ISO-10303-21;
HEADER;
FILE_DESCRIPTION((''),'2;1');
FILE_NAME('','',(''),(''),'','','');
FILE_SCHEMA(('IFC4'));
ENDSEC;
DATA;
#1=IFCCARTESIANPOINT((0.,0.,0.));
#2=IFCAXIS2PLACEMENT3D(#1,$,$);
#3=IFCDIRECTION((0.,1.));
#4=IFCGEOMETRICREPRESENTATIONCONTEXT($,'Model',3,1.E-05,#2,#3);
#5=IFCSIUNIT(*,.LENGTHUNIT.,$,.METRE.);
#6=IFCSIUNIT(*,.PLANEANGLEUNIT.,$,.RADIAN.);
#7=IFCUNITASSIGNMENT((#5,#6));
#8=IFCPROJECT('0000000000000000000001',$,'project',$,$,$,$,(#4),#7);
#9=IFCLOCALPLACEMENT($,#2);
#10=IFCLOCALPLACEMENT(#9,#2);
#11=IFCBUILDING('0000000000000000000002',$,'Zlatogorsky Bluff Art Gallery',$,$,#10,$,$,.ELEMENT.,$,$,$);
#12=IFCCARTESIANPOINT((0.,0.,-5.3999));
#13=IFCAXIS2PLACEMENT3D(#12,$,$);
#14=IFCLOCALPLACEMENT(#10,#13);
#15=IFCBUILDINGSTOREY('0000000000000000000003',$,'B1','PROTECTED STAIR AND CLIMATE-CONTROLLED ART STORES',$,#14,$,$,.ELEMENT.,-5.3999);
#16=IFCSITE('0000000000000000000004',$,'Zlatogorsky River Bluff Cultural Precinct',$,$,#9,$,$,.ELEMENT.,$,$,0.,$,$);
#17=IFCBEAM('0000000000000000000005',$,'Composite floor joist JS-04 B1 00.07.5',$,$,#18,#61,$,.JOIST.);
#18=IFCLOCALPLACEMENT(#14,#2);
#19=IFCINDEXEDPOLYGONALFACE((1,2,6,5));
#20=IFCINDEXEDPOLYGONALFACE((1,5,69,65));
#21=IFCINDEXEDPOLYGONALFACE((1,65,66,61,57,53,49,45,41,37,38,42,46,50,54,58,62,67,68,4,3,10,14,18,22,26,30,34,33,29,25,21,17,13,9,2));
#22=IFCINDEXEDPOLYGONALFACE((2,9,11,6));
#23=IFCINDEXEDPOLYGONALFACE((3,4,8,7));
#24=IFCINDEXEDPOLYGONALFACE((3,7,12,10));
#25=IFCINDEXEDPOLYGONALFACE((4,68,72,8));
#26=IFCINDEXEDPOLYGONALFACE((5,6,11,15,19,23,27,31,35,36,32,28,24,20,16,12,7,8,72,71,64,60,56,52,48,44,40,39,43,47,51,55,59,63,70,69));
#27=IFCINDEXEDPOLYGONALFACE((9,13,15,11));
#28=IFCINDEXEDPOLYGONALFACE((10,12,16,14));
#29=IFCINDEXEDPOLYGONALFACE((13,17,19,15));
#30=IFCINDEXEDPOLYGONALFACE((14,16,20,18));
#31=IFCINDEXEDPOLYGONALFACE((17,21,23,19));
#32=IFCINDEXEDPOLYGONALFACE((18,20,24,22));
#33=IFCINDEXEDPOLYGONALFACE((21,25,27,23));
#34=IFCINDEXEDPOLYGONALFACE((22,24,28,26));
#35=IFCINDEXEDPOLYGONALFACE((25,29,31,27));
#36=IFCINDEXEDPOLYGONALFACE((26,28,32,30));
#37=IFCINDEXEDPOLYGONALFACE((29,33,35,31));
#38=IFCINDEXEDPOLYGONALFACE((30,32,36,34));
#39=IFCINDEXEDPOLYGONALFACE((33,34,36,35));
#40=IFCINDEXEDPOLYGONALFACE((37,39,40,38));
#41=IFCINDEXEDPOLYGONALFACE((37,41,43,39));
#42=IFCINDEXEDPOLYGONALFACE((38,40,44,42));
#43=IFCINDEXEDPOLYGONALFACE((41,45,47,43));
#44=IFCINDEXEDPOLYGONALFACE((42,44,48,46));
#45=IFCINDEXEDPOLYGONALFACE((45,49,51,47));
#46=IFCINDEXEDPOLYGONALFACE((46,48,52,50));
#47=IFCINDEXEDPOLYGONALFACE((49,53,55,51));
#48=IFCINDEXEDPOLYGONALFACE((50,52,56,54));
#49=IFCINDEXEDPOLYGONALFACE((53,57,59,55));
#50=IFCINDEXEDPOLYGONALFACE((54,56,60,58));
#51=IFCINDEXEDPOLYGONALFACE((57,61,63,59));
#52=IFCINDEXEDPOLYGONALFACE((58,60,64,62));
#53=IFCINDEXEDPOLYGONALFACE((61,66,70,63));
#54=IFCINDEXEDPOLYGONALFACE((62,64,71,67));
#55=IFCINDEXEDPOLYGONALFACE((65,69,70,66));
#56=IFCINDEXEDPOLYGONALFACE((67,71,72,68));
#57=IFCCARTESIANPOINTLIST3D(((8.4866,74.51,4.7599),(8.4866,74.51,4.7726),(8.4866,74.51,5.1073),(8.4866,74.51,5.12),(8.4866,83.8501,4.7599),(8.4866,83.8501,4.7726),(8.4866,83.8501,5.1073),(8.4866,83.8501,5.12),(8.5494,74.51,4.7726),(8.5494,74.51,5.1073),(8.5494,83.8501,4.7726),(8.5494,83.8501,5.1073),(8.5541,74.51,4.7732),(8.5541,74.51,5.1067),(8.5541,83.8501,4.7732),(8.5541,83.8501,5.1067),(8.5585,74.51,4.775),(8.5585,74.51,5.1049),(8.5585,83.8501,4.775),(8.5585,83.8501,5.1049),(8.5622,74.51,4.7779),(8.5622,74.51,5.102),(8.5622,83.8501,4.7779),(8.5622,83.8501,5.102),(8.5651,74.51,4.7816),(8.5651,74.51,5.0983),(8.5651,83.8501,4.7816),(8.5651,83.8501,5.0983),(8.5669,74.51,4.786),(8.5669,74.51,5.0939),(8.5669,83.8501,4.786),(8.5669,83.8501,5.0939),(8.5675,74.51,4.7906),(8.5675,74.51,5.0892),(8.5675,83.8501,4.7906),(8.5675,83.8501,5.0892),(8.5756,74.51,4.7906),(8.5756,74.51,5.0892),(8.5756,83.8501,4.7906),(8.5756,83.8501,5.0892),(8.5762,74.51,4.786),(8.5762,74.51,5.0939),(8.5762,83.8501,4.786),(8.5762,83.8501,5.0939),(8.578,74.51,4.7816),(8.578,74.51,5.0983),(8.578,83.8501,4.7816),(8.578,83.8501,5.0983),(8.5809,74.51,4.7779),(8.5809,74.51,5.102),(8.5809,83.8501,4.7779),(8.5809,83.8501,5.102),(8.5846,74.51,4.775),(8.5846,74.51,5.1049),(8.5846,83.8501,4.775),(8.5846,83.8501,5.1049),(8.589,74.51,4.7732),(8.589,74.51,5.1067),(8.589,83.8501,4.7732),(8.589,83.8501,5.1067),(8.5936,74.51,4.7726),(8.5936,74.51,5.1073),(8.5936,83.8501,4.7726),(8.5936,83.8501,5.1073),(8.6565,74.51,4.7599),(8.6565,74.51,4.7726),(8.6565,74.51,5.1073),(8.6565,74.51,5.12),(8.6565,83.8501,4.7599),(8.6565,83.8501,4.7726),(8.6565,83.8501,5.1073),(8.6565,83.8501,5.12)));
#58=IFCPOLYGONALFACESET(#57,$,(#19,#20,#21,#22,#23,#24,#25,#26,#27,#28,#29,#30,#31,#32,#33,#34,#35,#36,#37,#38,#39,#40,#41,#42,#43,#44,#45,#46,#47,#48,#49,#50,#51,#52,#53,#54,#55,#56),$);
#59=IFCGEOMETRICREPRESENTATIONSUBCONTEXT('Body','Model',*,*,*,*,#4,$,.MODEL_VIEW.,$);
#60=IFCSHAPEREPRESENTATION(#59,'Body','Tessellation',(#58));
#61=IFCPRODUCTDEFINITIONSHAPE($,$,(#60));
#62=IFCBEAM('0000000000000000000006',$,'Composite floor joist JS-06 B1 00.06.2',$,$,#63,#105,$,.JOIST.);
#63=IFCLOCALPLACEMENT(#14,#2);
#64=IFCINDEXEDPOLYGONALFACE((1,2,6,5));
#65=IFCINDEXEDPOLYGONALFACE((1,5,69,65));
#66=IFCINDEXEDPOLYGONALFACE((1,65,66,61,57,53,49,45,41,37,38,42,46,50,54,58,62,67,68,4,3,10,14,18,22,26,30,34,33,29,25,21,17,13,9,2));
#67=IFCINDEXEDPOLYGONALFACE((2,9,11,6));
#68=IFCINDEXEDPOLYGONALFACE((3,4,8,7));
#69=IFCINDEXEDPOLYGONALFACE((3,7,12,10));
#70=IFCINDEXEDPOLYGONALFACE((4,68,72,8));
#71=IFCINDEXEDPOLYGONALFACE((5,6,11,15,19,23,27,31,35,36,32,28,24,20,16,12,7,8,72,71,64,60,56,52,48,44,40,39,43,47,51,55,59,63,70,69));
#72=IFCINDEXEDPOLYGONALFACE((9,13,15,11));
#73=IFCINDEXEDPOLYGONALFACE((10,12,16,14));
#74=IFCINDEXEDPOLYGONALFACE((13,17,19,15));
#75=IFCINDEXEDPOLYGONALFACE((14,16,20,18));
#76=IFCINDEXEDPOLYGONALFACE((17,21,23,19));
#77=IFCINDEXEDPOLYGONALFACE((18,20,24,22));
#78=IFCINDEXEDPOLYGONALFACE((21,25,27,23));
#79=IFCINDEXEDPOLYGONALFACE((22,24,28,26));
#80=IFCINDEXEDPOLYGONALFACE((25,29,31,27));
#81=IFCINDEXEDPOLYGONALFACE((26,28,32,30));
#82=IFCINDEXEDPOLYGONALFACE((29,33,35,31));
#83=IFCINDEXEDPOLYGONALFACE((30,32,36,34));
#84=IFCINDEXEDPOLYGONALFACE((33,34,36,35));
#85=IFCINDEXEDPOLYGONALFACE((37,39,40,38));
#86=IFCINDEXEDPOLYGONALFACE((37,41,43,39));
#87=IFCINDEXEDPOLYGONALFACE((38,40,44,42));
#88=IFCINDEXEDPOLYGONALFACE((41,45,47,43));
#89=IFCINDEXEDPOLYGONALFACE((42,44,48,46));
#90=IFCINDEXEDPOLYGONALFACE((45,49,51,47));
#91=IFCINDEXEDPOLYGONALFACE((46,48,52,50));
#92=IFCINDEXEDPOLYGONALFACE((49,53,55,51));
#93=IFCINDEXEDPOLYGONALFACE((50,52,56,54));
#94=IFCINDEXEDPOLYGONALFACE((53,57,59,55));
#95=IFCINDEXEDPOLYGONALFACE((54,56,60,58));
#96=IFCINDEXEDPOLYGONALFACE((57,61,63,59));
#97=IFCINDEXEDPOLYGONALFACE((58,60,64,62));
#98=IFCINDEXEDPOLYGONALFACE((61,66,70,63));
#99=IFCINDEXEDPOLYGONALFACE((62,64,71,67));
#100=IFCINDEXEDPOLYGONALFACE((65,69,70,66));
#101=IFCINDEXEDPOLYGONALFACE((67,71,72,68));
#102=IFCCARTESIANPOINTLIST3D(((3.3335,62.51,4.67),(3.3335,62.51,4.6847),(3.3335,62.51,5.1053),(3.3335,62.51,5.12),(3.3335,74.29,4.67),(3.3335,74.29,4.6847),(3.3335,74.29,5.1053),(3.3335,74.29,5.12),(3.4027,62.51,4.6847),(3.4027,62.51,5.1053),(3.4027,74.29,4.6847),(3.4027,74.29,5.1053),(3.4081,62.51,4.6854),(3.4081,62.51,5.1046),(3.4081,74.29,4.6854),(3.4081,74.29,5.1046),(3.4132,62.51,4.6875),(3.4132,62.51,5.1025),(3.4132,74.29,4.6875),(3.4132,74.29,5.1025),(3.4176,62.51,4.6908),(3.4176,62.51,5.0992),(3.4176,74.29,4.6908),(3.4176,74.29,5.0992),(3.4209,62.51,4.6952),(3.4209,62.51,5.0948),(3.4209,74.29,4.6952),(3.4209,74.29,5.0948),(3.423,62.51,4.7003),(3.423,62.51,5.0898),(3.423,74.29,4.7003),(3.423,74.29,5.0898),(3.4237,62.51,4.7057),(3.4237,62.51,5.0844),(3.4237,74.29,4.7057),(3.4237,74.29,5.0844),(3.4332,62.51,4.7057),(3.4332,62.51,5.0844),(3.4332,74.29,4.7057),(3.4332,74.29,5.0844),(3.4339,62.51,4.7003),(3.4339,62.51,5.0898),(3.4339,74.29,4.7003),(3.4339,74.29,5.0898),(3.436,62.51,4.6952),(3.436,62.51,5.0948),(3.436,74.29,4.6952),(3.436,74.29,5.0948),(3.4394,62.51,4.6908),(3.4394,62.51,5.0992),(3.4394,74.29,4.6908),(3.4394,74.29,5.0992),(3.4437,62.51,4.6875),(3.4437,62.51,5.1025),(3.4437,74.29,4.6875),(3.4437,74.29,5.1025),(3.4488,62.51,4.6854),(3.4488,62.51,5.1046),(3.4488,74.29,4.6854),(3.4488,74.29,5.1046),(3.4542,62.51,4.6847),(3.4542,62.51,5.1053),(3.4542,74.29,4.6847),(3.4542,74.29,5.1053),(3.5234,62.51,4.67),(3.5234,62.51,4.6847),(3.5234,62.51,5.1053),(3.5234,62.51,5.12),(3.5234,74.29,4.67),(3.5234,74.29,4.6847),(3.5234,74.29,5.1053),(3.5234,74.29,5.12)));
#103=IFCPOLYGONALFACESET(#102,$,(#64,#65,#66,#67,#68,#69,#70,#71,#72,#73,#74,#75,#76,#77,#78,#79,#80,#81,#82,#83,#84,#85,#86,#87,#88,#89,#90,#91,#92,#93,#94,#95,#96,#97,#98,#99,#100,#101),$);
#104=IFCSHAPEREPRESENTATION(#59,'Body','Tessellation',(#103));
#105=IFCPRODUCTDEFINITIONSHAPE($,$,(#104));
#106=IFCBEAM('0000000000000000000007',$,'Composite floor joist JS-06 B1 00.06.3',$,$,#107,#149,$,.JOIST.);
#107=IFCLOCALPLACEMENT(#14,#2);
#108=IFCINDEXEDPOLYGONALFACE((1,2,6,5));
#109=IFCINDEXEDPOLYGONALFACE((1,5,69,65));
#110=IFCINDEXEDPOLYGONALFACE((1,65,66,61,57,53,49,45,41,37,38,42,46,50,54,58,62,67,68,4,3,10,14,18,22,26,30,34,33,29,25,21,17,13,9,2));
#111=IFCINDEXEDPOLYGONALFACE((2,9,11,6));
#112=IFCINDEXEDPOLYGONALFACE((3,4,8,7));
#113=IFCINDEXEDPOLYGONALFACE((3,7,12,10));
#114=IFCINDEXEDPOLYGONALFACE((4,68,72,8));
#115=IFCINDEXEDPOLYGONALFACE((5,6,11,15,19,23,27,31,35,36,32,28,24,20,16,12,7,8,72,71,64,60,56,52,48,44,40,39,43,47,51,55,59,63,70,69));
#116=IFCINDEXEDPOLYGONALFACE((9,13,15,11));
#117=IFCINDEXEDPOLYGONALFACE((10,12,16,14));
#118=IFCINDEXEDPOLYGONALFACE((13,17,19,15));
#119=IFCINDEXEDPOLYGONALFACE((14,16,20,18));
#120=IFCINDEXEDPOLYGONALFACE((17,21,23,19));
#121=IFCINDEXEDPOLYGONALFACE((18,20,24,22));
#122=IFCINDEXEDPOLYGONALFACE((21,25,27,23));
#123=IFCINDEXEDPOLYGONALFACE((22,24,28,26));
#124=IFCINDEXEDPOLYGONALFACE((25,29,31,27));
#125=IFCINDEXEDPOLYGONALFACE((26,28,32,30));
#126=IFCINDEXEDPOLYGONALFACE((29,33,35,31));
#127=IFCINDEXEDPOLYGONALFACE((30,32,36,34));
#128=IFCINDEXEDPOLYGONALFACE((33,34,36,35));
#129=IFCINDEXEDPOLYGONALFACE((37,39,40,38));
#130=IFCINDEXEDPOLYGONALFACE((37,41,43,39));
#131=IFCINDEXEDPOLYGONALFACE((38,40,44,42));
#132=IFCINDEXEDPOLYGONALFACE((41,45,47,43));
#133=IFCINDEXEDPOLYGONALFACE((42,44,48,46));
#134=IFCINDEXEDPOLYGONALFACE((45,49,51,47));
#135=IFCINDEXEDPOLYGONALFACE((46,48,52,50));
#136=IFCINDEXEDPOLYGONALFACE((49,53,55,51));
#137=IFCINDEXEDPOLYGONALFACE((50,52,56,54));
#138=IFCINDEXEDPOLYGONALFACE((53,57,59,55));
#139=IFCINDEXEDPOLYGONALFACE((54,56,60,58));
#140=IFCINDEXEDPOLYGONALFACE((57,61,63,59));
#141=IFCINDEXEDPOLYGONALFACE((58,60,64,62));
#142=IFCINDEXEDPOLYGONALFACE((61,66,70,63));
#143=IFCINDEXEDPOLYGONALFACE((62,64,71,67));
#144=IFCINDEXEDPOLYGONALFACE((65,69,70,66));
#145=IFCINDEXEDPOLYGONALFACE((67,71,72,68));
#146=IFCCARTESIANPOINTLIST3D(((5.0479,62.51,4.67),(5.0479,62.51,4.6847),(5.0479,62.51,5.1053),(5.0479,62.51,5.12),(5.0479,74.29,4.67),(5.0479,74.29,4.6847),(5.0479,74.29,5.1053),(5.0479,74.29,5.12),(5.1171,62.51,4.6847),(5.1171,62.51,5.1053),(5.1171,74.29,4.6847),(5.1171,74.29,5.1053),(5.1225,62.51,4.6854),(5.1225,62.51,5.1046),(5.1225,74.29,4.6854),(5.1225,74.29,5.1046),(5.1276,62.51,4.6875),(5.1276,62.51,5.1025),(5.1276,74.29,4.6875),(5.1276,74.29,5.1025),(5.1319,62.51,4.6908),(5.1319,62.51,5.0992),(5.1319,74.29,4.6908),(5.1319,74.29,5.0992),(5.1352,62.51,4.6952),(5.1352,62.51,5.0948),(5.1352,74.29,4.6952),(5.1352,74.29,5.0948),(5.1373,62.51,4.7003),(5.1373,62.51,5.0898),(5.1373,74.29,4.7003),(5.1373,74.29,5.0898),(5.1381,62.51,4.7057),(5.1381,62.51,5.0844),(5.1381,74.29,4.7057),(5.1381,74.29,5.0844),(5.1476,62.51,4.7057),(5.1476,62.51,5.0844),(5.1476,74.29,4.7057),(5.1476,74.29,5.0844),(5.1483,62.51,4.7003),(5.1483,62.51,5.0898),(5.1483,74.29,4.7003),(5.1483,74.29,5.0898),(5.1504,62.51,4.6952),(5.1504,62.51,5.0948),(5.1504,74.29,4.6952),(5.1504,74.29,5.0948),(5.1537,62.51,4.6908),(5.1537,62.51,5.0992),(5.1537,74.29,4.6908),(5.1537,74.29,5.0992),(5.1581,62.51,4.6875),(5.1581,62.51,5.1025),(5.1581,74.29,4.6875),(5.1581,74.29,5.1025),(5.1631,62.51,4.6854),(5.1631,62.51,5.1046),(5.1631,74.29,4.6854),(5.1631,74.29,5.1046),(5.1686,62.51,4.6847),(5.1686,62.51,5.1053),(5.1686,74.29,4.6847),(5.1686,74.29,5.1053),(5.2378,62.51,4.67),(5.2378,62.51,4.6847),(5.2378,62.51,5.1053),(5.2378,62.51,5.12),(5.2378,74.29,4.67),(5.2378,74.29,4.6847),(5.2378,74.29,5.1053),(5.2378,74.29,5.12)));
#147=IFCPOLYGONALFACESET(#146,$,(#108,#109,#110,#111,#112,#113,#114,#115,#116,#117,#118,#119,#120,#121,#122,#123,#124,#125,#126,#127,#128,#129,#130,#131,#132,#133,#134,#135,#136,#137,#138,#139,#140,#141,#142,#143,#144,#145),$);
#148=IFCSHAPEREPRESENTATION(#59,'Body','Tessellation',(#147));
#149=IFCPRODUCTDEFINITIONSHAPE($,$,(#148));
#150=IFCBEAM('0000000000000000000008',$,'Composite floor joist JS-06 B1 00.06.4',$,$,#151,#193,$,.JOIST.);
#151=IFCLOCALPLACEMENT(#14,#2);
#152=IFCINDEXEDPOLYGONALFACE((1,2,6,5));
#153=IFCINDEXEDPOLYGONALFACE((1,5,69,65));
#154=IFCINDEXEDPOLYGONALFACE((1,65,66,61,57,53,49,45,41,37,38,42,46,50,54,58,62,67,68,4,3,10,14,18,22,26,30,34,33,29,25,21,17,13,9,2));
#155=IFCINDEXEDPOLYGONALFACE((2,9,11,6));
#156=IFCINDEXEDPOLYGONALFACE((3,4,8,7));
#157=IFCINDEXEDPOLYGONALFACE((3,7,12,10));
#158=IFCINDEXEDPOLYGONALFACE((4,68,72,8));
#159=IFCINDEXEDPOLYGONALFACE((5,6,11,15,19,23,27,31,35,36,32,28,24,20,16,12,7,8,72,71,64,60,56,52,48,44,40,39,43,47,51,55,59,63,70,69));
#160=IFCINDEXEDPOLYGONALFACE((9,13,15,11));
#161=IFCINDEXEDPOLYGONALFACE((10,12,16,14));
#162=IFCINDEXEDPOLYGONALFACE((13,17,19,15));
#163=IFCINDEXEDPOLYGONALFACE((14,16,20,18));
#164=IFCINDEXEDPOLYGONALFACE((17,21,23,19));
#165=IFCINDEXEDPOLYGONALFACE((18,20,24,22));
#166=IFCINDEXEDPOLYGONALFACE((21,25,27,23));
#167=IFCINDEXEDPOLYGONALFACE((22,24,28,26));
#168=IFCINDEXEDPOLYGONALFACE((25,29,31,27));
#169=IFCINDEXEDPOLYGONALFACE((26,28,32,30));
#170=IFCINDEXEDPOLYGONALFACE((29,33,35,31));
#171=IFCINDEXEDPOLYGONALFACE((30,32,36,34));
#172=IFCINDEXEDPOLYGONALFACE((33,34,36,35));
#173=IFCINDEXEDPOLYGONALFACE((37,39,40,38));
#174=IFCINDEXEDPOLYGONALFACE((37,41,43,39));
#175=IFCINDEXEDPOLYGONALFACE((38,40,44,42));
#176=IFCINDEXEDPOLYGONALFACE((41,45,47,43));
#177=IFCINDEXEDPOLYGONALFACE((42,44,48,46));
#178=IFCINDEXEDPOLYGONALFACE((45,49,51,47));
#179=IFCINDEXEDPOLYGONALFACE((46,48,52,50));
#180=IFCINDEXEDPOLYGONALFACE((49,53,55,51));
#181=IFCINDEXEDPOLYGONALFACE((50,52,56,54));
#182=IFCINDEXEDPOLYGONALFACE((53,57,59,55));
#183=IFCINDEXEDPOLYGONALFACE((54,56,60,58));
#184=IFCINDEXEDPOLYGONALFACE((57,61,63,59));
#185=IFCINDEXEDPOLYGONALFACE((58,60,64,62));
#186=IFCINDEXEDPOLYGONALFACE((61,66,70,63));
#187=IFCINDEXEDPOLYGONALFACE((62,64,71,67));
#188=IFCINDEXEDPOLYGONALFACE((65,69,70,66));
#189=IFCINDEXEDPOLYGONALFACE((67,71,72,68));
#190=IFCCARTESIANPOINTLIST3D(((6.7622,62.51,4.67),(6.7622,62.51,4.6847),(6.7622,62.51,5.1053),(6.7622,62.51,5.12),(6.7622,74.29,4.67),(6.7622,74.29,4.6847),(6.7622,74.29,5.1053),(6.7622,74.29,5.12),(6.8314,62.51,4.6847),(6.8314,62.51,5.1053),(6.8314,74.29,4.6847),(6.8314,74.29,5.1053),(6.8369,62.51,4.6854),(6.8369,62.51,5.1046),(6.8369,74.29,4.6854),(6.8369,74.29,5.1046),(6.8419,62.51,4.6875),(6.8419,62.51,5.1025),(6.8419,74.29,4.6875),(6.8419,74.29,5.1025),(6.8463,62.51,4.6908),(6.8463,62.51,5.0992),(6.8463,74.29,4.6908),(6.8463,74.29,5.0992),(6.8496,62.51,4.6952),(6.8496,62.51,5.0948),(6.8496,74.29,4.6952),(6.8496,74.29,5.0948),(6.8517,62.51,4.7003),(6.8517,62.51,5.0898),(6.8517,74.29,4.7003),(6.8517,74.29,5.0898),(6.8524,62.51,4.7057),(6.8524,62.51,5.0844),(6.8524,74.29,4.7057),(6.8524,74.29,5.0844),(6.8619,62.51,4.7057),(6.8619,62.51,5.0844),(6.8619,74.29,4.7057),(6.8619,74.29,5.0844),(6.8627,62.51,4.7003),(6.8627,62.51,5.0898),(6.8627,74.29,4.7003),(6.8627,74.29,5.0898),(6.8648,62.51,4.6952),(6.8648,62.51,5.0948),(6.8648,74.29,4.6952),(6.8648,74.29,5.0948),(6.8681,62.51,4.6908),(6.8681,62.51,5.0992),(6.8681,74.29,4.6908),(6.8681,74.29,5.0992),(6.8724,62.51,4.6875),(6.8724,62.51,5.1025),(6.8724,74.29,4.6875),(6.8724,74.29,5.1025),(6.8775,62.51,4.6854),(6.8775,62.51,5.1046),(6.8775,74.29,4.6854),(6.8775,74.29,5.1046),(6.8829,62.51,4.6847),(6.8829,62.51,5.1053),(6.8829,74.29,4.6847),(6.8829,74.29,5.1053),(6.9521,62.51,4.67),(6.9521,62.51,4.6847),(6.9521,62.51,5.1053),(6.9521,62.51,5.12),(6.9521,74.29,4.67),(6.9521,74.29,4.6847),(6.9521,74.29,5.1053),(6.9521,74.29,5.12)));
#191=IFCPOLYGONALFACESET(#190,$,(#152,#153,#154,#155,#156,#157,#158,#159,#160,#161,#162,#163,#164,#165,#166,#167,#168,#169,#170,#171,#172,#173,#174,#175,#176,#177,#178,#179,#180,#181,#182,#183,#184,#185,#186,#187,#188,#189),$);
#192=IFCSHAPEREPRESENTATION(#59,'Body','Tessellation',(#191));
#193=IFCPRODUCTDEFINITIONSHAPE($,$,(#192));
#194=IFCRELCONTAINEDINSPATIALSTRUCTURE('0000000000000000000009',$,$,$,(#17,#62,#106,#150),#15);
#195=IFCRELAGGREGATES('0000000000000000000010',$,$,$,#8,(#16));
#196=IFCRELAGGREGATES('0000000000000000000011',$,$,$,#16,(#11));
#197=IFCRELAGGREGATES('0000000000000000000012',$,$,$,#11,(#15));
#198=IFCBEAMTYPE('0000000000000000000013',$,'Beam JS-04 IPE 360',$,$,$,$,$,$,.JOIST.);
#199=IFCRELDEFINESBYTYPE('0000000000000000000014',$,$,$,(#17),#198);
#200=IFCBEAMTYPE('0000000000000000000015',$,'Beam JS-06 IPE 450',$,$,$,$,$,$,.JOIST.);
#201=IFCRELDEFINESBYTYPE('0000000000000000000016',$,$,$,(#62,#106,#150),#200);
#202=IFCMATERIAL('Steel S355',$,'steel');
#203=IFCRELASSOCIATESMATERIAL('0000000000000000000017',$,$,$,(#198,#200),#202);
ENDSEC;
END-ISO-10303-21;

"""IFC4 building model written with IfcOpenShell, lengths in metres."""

from ifc_helpers import new_model, si_unit, direction, frame, origin, origin_2d, place, context, subcontext, project, spatial, i_section, extrude, material, material_profile, profile_set, type_object, element, save


model = new_model("IFC4")

# Units and contexts
model_context = context("Model", 3, precision=1e-05, world=origin(), true_north=direction((0.0, 1.0)))
body_context = subcontext(model_context, "Body", "Model", "MODEL_VIEW")
ifc_project = project(units=[si_unit("LENGTHUNIT", "METRE"), si_unit("PLANEANGLEUNIT", "RADIAN")], contexts=[model_context])

# Site, building, storey
site_placement = place(None, origin())
site = spatial("IfcSite", under=ifc_project, at=site_placement, Name="Zlatogorsky River Bluff Cultural Precinct", CompositionType="ELEMENT", RefElevation=0.0)
building_placement = place(site_placement, origin())
building = spatial("IfcBuilding", under=site, at=building_placement, Name="Zlatogorsky Bluff Art Gallery", CompositionType="ELEMENT")
storey_placement = place(building_placement, frame((0.0, 0.0, -5.3999)))
storey = spatial("IfcBuildingStorey", under=building, at=storey_placement, Name="B1", Description="PROTECTED STAIR AND CLIMATE-CONTROLLED ART STORES", CompositionType="ELEMENT", Elevation=-5.3999)

# Shared definitions
ifc_material_1 = material(Name="Steel S355", Category="steel")

# Beams
ifc_material_profile_1 = material_profile(ifc_material_1, i_section(OverallWidth=0.1699, OverallDepth=0.3601, WebThickness=0.0081, FlangeThickness=0.0127, FilletRadius=0.0181, at=origin_2d()), Name="IPE 360")
ifc_profile_set_1 = profile_set([ifc_material_profile_1], Name="Steel S355")
beam_type_1 = type_object("IfcBeamType", Name="Beam JS-04 IPE 360", PredefinedType="JOIST", material=ifc_profile_set_1)
for number, where, z_axis, x_axis, name in (
    (1, (8.5715, 74.51, 4.9399), (0.0, 1.0, 0.0), (-1.0, 0.0, 0.0), "Composite floor joist JS-04 B1 00.07.5"),
):
    element("IfcBeam", number, at=place(storey_placement, frame(where, z_axis=z_axis, x_axis=x_axis)), inside=storey, type_object=beam_type_1, Name=name, PredefinedType="JOIST", context=body_context, shape_type="SweptSolid", body=[
        extrude(i_section(OverallWidth=0.1699, OverallDepth=0.3601, WebThickness=0.0081, FlangeThickness=0.0127, FilletRadius=0.0181, at=origin_2d()), origin(), (0.0, 0.0, 1.0), 9.3401),
    ])
ifc_material_profile_2 = material_profile(ifc_material_1, i_section(OverallWidth=0.1899, OverallDepth=0.45, WebThickness=0.0095, FlangeThickness=0.0146, FilletRadius=0.021, at=origin_2d()), Name="IPE 450")
ifc_profile_set_2 = profile_set([ifc_material_profile_2], Name="Steel S355")
beam_type_2 = type_object("IfcBeamType", Name="Beam JS-06 IPE 450", PredefinedType="JOIST", material=ifc_profile_set_2)
for number, where, z_axis, x_axis, name in (
    (2, (3.4285, 62.51, 4.895), (0.0, 1.0, 0.0), (-1.0, 0.0, 0.0), "Composite floor joist JS-06 B1 00.06.2"),
    (3, (5.1428, 62.51, 4.895), (0.0, 1.0, 0.0), (-1.0, 0.0, 0.0), "Composite floor joist JS-06 B1 00.06.3"),
    (4, (6.8572, 62.51, 4.895), (0.0, 1.0, 0.0), (-1.0, 0.0, 0.0), "Composite floor joist JS-06 B1 00.06.4"),
):
    element("IfcBeam", number, at=place(storey_placement, frame(where, z_axis=z_axis, x_axis=x_axis)), inside=storey, type_object=beam_type_2, Name=name, PredefinedType="JOIST", context=body_context, shape_type="SweptSolid", body=[
        extrude(i_section(OverallWidth=0.1899, OverallDepth=0.45, WebThickness=0.0095, FlangeThickness=0.0146, FilletRadius=0.021, at=origin_2d()), origin(), (0.0, 0.0, 1.0), 11.78),
    ])

save(model, "model.ifc")
